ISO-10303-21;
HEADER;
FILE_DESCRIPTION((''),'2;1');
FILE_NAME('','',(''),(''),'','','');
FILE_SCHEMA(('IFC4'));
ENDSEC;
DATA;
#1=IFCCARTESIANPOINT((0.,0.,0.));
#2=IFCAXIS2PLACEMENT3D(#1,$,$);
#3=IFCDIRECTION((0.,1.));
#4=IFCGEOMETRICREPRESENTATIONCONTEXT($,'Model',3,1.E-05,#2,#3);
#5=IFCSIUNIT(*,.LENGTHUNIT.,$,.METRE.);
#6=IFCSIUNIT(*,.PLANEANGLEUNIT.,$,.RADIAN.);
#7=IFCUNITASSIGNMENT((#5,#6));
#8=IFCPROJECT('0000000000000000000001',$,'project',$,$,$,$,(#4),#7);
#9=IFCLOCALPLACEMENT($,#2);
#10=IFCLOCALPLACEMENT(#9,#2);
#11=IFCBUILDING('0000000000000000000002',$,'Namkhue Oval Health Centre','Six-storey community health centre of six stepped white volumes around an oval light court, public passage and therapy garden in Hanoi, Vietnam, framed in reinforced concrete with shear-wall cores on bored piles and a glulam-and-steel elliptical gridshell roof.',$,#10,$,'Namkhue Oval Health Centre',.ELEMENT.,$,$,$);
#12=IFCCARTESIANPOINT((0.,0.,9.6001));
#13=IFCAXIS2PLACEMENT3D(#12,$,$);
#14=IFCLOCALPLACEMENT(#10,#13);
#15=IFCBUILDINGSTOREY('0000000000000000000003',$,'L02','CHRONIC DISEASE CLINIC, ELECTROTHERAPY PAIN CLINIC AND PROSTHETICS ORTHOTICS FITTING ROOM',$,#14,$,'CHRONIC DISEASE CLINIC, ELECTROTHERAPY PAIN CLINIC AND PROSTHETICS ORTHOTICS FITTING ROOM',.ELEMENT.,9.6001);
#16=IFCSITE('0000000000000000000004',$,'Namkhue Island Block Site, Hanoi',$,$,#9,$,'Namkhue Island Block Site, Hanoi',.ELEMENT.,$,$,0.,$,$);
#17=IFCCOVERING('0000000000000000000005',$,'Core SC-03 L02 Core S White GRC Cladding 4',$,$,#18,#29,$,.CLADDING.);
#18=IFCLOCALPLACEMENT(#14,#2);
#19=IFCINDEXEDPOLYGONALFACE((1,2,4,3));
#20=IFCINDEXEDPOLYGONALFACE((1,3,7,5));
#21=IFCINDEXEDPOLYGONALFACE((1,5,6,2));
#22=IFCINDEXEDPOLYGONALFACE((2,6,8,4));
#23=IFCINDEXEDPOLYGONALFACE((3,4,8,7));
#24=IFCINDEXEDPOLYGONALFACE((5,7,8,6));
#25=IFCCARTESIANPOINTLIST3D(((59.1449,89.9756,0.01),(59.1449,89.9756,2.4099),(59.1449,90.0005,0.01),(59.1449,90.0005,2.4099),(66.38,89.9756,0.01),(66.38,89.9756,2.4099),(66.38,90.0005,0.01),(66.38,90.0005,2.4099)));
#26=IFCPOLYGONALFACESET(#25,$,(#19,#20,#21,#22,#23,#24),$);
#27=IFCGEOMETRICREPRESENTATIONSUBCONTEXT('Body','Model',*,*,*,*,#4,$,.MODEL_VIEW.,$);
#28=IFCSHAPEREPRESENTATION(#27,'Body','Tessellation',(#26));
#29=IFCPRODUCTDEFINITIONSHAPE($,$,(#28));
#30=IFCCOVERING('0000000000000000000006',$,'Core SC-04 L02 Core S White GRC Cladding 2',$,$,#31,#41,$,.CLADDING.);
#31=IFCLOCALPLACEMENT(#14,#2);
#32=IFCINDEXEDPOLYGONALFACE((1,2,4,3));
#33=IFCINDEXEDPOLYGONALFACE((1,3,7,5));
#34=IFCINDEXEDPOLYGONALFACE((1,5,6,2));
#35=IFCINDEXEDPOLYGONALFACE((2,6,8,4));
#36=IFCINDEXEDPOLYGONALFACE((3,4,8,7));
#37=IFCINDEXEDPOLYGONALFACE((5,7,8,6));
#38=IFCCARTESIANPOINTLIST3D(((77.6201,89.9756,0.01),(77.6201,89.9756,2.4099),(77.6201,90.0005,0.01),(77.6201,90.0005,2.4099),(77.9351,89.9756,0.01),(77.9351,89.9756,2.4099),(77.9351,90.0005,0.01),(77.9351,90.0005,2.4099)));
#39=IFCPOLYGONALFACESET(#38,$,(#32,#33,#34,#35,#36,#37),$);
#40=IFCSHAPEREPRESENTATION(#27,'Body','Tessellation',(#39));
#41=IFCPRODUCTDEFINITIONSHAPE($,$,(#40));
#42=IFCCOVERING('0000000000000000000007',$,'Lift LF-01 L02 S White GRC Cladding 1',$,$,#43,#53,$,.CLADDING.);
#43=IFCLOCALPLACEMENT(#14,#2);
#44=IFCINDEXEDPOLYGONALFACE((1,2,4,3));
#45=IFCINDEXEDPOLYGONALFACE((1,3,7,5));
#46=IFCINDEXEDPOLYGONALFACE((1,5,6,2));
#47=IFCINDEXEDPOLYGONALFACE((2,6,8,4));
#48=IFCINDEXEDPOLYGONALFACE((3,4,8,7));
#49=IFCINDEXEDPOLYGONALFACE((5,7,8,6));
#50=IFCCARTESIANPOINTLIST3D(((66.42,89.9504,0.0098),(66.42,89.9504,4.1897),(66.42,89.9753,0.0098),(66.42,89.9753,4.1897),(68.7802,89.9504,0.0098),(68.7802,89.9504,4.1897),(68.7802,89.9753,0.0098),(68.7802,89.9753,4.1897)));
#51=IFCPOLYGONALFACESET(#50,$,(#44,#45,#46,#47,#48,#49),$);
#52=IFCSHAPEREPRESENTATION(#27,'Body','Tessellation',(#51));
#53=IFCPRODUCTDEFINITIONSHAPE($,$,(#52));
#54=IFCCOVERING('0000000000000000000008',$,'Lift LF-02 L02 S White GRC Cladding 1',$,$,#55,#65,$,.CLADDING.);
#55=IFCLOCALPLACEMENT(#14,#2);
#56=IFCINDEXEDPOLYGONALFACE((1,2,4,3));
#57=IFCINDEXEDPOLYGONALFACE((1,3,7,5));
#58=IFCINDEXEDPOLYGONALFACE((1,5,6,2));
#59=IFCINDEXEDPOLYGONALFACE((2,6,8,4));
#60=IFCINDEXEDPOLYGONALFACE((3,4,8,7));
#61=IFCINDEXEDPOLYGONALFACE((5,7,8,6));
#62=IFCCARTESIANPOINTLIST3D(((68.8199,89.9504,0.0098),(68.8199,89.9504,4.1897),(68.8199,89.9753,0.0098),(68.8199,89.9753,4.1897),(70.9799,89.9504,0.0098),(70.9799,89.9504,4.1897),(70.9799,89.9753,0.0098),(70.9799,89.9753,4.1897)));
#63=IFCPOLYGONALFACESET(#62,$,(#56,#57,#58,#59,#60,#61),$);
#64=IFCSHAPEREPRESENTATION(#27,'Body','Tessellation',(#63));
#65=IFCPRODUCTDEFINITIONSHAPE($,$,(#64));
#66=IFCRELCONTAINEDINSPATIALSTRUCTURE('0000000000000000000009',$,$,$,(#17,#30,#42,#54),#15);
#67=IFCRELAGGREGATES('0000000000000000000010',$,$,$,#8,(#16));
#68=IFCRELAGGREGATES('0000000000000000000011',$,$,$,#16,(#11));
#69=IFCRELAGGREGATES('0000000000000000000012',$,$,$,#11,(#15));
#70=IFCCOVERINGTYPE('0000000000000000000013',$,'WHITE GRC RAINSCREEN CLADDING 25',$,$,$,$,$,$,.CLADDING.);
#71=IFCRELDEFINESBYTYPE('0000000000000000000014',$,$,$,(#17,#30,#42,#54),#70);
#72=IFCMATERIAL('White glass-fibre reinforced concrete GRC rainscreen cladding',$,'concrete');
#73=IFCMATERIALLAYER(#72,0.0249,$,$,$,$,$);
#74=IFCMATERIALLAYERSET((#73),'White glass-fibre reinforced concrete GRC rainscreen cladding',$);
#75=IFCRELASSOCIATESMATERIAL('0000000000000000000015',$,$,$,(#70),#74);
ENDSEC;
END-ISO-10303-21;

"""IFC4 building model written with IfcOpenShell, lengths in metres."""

from ifc_helpers import new_model, si_unit, direction, frame, origin, origin_2d, place, context, subcontext, project, spatial, rectangle, extrude, material, layer, layer_set, type_object, element, save


model = new_model("IFC4")

# Units and contexts
model_context = context("Model", 3, precision=1e-05, world=origin(), true_north=direction((0.0, 1.0)))
body_context = subcontext(model_context, "Body", "Model", "MODEL_VIEW")
ifc_project = project(units=[si_unit("LENGTHUNIT", "METRE"), si_unit("PLANEANGLEUNIT", "RADIAN")], contexts=[model_context])

# Site, building, storey
site_placement = place(None, origin())
site = spatial("IfcSite", under=ifc_project, at=site_placement, Name="Namkhue Island Block Site, Hanoi", LongName="Namkhue Island Block Site, Hanoi", CompositionType="ELEMENT", RefElevation=0.0)
building_placement = place(site_placement, origin())
building = spatial("IfcBuilding", under=site, at=building_placement, Name="Namkhue Oval Health Centre", Description="Six-storey community health centre of six stepped white volumes around an oval light court, public passage and therapy garden in Hanoi, Vietnam, framed in reinforced concrete with shear-wall cores on bored piles and a glulam-and-steel elliptical gridshell roof.", LongName="Namkhue Oval Health Centre", CompositionType="ELEMENT")
storey_placement = place(building_placement, frame((0.0, 0.0, 9.6001)))
storey = spatial("IfcBuildingStorey", under=building, at=storey_placement, Name="L02", Description="CHRONIC DISEASE CLINIC, ELECTROTHERAPY PAIN CLINIC AND PROSTHETICS ORTHOTICS FITTING ROOM", LongName="CHRONIC DISEASE CLINIC, ELECTROTHERAPY PAIN CLINIC AND PROSTHETICS ORTHOTICS FITTING ROOM", CompositionType="ELEMENT", Elevation=9.6001)

# Coverings
ifc_material_1 = material(Name="White glass-fibre reinforced concrete GRC rainscreen cladding", Category="concrete")
ifc_layer_1 = layer(ifc_material_1, 0.0249)
ifc_layer_set_1 = layer_set([ifc_layer_1], Name="White glass-fibre reinforced concrete GRC rainscreen cladding")
covering_type = type_object("IfcCoveringType", Name="WHITE GRC RAINSCREEN CLADDING 25", PredefinedType="CLADDING", material=ifc_layer_set_1)
covering_1_placement = place(storey_placement, frame((62.7625, 89.988, 0.01), z_axis=(0.0, 0.0, 1.0), x_axis=(1.0, 0.0, 0.0)))
element("IfcCovering", 1, at=covering_1_placement, inside=storey, type_object=covering_type, Name="Core SC-03 L02 Core S White GRC Cladding 4", PredefinedType="CLADDING", context=body_context, shape_type="SweptSolid", body=[
    extrude(rectangle(XDim=7.2351, YDim=0.0249, at=origin_2d()), origin(), (0.0, 0.0, 1.0), 2.3999),
])
covering_2_placement = place(storey_placement, frame((77.7776, 89.988, 0.01), z_axis=(0.0, 0.0, 1.0), x_axis=(1.0, 0.0, 0.0)))
element("IfcCovering", 2, at=covering_2_placement, inside=storey, type_object=covering_type, Name="Core SC-04 L02 Core S White GRC Cladding 2", PredefinedType="CLADDING", context=body_context, shape_type="SweptSolid", body=[
    extrude(rectangle(XDim=0.3149, YDim=0.0249, at=origin_2d()), origin(), (0.0, 0.0, 1.0), 2.3999),
])
covering_3_placement = place(storey_placement, frame((67.6001, 89.9629, 0.0098), z_axis=(0.0, 0.0, 1.0), x_axis=(1.0, 0.0, 0.0)))
element("IfcCovering", 3, at=covering_3_placement, inside=storey, type_object=covering_type, Name="Lift LF-01 L02 S White GRC Cladding 1", PredefinedType="CLADDING", context=body_context, shape_type="SweptSolid", body=[
    extrude(rectangle(XDim=2.3601, YDim=0.0249, at=origin_2d()), origin(), (0.0, 0.0, 1.0), 4.1799),
])
covering_4_placement = place(storey_placement, frame((69.8999, 89.9629, 0.0098), z_axis=(0.0, 0.0, 1.0), x_axis=(1.0, 0.0, 0.0)))
element("IfcCovering", 4, at=covering_4_placement, inside=storey, type_object=covering_type, Name="Lift LF-02 L02 S White GRC Cladding 1", PredefinedType="CLADDING", context=body_context, shape_type="SweptSolid", body=[
    extrude(rectangle(XDim=2.1599, YDim=0.0249, at=origin_2d()), origin(), (0.0, 0.0, 1.0), 4.1799),
])

save(model, "model.ifc")
